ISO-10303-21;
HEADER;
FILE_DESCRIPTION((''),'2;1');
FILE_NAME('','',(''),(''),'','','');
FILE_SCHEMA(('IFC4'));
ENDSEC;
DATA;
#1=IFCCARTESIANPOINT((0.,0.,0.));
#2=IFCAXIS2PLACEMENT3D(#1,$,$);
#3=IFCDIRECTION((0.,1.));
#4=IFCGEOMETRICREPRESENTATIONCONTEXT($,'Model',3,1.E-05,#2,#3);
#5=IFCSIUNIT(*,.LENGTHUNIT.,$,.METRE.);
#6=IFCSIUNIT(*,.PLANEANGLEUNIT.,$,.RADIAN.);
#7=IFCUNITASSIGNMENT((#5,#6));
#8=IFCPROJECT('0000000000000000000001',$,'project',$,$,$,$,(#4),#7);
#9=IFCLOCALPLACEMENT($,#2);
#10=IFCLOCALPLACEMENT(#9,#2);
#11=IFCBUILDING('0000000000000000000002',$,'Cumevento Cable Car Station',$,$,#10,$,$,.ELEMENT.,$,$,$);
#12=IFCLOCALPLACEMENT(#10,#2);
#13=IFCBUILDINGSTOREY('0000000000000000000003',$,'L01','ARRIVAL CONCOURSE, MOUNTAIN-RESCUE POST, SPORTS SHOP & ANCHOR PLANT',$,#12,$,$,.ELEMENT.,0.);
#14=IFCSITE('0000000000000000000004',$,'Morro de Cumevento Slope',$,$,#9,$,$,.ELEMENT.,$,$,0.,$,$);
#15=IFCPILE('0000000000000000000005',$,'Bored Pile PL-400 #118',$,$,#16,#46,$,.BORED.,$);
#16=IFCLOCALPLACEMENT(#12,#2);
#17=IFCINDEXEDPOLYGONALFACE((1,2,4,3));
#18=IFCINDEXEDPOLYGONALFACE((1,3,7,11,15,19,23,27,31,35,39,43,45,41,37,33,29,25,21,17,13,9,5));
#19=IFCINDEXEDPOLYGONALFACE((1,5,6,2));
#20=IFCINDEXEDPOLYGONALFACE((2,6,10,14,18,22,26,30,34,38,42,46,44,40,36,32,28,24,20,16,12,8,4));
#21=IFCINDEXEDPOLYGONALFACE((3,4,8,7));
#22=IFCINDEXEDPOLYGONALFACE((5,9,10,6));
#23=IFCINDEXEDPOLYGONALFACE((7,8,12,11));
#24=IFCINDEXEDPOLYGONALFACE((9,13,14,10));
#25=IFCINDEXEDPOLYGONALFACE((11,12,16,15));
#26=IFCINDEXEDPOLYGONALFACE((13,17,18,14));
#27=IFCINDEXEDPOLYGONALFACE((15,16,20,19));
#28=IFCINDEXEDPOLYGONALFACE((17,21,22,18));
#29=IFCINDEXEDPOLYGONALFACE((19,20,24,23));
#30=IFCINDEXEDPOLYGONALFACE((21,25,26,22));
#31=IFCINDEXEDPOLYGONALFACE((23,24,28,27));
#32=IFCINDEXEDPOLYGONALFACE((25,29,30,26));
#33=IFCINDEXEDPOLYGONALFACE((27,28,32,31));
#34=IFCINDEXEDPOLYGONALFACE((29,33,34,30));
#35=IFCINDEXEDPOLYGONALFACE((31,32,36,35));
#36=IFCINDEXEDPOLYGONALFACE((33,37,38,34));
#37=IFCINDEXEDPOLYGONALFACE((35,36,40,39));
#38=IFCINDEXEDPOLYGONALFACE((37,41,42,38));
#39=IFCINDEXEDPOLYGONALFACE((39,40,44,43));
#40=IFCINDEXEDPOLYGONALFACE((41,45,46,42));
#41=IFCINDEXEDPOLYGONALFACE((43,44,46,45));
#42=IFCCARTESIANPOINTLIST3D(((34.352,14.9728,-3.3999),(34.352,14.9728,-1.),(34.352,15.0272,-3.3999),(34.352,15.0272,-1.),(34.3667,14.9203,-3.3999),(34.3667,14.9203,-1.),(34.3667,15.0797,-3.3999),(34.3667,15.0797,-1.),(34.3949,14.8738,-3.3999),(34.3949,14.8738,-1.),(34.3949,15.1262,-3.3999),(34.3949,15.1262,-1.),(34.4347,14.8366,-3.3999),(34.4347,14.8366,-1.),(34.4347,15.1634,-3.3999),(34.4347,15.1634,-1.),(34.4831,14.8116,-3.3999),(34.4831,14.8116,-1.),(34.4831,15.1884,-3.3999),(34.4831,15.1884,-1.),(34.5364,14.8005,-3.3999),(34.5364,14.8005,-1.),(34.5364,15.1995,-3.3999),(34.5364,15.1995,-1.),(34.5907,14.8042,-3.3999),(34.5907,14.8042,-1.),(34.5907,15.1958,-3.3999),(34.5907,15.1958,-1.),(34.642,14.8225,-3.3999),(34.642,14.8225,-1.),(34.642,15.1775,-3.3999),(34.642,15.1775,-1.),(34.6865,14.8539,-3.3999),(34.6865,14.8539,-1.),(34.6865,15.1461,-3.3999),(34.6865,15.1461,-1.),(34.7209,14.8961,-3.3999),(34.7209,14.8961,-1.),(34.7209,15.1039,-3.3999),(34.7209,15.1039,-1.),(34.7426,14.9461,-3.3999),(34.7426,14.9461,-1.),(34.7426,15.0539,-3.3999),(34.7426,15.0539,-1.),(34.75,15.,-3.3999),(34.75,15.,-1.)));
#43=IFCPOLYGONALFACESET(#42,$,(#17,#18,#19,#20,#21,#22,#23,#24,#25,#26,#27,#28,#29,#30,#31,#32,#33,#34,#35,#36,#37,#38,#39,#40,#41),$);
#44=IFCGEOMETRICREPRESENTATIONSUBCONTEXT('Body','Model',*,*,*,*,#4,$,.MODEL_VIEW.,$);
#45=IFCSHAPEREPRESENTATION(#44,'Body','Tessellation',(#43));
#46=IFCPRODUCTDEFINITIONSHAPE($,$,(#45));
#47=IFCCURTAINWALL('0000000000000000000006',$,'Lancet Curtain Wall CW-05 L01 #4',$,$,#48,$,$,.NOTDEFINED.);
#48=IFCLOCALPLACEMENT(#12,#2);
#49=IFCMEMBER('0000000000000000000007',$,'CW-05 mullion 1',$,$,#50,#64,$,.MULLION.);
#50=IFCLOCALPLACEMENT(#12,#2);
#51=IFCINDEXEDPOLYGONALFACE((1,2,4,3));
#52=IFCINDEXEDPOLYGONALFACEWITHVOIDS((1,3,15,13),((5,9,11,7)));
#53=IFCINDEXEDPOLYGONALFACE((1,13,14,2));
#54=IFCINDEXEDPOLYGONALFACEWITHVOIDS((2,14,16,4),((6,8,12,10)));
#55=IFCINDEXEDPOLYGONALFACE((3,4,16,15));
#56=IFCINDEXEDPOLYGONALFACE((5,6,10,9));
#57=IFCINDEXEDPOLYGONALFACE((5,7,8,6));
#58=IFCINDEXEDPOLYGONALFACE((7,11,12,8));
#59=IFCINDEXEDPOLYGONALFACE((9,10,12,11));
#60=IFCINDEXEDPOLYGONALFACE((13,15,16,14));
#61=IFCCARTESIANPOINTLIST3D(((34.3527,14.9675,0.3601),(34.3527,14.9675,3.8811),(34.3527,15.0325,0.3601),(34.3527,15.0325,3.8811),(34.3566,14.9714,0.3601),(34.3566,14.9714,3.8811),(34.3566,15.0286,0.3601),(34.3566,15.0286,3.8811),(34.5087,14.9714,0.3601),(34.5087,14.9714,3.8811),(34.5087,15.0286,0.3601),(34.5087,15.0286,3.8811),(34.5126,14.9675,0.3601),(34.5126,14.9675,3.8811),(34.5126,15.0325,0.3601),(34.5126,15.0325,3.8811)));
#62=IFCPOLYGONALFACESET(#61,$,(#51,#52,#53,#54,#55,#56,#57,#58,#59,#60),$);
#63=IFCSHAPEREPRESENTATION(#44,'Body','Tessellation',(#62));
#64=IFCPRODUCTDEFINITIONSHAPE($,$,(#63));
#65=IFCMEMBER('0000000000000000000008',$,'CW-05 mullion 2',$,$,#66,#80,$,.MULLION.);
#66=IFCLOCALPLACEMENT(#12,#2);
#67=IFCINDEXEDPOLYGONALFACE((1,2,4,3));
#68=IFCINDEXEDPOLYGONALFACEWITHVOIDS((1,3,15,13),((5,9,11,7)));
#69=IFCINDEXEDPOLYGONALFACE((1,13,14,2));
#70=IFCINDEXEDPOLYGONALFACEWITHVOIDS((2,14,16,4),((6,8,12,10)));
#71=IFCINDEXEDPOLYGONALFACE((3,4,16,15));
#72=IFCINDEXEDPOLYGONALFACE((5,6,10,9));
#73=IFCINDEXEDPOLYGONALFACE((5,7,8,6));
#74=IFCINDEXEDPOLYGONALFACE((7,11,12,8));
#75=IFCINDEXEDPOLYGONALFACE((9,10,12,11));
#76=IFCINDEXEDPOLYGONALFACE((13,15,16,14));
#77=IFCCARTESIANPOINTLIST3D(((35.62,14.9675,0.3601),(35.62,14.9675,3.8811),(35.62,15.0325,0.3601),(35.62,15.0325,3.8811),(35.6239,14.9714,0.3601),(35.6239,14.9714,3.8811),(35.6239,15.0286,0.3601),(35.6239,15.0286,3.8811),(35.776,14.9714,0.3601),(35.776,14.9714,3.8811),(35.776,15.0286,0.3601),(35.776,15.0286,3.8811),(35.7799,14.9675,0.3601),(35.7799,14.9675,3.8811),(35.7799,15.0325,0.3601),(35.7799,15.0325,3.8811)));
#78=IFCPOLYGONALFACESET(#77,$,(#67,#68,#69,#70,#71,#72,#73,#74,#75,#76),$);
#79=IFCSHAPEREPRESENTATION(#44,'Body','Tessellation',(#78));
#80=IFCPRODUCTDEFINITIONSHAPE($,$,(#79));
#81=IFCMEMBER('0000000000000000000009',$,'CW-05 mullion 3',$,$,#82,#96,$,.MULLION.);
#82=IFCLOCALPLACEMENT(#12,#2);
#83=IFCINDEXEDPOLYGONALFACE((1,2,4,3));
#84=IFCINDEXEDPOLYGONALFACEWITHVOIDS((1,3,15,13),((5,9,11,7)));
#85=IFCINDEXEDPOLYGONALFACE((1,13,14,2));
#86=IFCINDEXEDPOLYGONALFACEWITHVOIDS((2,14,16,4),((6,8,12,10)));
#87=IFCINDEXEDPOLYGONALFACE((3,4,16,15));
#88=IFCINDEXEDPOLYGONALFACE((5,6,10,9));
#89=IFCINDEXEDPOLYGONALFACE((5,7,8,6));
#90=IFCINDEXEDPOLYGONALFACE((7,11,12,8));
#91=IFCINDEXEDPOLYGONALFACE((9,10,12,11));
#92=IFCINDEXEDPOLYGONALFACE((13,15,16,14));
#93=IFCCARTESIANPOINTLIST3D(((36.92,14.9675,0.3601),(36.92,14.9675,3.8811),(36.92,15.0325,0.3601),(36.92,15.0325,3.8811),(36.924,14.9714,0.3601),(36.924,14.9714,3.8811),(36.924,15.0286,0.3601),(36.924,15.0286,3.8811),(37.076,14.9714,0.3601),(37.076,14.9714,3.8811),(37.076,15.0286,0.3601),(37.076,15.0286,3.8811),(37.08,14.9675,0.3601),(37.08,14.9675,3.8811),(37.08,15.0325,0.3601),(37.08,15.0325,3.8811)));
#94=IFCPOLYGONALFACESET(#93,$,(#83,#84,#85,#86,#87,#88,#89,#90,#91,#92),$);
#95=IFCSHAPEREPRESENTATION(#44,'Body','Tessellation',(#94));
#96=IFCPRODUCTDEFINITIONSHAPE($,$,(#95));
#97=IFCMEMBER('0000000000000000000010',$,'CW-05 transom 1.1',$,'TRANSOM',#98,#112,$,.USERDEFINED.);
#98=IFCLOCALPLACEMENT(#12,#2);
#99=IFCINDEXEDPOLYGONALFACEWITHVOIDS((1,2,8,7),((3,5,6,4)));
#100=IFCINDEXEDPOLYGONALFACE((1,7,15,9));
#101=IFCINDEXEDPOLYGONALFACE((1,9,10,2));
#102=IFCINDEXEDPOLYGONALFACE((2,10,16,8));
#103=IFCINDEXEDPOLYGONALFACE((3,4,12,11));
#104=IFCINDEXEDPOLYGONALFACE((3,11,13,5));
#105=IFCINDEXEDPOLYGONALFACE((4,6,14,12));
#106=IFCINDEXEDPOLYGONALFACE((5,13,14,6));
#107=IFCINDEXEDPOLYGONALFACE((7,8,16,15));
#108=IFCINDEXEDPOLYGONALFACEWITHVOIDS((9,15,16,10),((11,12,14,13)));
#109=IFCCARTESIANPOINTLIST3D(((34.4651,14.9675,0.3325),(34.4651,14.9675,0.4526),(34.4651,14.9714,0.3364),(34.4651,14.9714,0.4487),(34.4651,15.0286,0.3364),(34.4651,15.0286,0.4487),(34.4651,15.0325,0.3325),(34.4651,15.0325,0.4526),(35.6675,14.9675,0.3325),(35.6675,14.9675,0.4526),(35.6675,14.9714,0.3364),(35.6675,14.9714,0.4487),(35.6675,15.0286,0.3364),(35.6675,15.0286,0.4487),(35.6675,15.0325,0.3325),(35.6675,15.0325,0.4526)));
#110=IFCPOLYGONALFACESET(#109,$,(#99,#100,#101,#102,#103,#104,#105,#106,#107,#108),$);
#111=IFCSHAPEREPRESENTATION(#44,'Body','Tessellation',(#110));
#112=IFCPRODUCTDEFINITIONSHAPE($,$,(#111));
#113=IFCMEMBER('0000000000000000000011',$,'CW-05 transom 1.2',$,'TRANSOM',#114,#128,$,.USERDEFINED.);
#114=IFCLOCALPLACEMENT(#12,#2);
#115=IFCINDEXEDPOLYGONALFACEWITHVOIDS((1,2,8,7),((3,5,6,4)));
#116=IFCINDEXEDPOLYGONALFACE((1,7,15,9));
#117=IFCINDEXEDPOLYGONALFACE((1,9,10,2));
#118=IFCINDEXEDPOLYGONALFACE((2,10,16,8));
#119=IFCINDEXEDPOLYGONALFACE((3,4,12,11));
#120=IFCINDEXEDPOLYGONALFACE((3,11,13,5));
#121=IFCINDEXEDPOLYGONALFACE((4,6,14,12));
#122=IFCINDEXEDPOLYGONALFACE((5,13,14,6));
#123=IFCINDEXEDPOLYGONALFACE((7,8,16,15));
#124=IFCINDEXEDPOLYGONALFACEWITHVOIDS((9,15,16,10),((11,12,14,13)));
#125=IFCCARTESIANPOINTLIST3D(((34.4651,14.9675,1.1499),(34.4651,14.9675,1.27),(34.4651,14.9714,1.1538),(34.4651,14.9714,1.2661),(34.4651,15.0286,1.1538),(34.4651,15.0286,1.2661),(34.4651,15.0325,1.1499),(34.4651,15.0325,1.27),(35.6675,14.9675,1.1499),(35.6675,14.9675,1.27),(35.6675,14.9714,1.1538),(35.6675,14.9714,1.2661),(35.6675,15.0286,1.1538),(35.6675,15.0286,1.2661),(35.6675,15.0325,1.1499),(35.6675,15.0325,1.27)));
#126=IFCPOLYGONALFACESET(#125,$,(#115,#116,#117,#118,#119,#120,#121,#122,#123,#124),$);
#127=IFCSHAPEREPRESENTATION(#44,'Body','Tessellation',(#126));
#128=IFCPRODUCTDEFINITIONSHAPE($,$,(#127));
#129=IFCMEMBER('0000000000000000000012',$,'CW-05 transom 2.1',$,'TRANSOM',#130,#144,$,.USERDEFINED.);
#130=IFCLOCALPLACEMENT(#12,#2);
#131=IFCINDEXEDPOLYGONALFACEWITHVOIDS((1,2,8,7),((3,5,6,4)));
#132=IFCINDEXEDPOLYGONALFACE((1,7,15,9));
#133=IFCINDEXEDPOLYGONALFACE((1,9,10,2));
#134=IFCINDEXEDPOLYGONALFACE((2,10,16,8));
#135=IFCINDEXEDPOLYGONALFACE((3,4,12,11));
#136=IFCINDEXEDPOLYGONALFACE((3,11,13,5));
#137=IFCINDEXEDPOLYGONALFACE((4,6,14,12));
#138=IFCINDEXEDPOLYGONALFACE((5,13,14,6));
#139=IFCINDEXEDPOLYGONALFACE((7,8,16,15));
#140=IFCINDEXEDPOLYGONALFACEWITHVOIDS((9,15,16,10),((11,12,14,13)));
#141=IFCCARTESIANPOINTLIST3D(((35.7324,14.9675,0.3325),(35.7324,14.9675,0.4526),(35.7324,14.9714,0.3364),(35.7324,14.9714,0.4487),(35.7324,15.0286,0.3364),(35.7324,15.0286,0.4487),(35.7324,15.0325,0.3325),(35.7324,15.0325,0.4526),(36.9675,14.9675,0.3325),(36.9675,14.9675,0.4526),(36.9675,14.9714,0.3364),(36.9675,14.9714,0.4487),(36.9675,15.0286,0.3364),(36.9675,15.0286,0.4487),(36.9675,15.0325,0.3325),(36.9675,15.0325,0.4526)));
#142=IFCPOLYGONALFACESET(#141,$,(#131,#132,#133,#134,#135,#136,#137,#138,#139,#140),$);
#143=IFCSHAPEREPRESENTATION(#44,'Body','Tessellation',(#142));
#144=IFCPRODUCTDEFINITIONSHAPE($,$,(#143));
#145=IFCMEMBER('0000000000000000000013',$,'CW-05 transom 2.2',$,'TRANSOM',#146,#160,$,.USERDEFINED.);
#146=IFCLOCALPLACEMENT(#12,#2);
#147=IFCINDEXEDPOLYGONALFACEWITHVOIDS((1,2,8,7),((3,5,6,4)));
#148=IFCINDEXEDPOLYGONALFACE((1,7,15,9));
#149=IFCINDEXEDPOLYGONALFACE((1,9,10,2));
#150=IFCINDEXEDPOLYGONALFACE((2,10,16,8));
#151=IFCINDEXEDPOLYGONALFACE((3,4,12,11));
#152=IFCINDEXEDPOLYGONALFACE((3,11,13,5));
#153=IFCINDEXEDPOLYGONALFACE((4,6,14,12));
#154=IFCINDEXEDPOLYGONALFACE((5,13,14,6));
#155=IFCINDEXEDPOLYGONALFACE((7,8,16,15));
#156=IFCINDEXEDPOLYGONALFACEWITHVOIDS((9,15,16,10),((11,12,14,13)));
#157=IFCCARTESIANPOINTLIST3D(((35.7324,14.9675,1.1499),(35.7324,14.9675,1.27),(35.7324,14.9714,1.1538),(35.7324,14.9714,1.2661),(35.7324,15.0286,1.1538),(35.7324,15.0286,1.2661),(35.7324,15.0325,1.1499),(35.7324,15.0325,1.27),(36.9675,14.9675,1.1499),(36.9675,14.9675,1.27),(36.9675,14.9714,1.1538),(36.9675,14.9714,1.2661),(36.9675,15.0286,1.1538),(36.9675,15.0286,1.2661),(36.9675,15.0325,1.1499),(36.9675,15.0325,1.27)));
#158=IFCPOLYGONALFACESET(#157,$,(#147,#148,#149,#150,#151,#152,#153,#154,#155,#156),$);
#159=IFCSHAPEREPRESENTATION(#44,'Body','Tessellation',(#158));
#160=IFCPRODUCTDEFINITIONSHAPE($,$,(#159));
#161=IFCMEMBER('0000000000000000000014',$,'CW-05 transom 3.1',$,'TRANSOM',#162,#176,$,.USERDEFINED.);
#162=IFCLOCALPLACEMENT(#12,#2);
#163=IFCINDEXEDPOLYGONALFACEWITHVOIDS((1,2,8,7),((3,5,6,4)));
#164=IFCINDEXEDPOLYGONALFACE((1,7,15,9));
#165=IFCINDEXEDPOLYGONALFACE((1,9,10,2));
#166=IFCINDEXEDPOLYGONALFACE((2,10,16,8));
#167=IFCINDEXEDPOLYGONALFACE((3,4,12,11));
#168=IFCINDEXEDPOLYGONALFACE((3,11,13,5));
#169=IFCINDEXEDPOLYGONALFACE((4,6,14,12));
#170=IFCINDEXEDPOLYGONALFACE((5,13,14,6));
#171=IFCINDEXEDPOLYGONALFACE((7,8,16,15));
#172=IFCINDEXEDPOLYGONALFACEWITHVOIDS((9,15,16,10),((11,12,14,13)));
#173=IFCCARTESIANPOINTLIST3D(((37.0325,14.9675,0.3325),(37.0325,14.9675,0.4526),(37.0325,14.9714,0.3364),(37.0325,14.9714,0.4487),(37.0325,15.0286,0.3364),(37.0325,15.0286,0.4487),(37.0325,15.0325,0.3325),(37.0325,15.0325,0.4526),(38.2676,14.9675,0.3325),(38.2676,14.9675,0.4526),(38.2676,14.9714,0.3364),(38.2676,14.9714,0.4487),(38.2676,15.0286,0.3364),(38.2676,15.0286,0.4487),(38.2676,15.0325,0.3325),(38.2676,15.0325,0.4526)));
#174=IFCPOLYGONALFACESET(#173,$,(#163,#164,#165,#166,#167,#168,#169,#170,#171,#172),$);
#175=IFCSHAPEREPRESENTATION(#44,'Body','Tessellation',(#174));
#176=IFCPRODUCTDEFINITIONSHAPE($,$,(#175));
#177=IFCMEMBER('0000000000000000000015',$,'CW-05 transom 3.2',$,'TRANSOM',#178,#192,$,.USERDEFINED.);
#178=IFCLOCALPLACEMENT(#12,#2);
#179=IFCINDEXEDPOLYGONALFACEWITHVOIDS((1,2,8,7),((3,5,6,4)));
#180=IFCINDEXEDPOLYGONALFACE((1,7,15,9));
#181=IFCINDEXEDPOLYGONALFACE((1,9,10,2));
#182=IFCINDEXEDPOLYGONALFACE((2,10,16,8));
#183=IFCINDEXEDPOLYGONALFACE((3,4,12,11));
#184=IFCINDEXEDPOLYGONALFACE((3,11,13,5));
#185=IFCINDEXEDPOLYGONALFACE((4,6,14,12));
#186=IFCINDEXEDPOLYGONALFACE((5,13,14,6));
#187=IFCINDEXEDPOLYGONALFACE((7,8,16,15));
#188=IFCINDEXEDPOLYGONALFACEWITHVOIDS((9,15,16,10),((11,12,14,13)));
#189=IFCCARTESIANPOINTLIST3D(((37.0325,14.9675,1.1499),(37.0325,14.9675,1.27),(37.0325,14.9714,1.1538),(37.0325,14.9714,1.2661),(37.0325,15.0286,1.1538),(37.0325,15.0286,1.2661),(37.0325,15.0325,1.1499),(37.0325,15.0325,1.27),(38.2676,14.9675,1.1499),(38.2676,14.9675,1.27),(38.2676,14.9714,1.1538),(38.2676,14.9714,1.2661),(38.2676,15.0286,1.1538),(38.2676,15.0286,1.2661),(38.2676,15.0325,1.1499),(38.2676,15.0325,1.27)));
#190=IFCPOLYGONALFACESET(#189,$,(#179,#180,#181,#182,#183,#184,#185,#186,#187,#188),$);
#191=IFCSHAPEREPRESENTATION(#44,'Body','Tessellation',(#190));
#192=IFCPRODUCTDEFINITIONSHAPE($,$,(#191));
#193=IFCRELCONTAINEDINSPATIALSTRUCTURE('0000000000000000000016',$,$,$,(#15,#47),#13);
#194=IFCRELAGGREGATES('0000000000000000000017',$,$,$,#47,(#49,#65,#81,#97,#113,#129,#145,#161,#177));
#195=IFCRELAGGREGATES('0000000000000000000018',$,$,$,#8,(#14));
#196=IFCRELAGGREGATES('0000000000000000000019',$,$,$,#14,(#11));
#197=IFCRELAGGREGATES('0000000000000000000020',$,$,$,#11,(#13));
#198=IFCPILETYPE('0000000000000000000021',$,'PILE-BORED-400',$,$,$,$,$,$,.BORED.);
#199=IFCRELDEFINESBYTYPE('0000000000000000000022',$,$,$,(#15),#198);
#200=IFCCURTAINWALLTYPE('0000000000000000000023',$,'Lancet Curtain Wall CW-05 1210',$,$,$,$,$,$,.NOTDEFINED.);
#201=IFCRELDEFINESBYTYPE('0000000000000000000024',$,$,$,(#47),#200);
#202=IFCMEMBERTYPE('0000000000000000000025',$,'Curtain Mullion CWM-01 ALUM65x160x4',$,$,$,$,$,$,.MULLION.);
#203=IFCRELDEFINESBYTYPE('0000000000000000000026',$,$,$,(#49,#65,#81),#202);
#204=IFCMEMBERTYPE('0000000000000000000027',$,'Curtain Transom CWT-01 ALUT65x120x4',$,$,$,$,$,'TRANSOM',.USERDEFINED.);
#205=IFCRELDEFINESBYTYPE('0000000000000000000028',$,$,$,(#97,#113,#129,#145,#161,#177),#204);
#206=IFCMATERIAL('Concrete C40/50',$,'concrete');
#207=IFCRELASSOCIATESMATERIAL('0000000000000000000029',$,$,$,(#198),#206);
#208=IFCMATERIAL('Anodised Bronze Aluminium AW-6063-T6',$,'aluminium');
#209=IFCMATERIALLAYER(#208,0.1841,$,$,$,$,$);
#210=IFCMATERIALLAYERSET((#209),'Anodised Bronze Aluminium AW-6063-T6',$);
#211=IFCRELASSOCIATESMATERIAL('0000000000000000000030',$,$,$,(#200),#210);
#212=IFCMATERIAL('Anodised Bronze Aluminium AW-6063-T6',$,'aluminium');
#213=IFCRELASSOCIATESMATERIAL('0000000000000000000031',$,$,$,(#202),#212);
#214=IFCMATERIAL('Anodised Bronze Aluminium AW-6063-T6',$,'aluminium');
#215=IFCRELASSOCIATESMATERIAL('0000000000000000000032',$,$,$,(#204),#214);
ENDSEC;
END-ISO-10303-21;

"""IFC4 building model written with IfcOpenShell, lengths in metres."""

from ifc_helpers import new_model, si_unit, direction, frame, origin, origin_2d, place, context, subcontext, project, spatial, hollow_rectangle, circle, extrude, material, layer, layer_set, material_profile, profile_set, type_object, element, aggregate, save


model = new_model("IFC4")

# Units and contexts
model_context = context("Model", 3, precision=1e-05, world=origin(), true_north=direction((0.0, 1.0)))
body_context = subcontext(model_context, "Body", "Model", "MODEL_VIEW")
ifc_project = project(units=[si_unit("LENGTHUNIT", "METRE"), si_unit("PLANEANGLEUNIT", "RADIAN")], contexts=[model_context])

# Site, building, storey
site_placement = place(None, origin())
site = spatial("IfcSite", under=ifc_project, at=site_placement, Name="Morro de Cumevento Slope", CompositionType="ELEMENT", RefElevation=0.0)
building_placement = place(site_placement, origin())
building = spatial("IfcBuilding", under=site, at=building_placement, Name="Cumevento Cable Car Station", CompositionType="ELEMENT")
storey_placement = place(building_placement, origin())
storey = spatial("IfcBuildingStorey", under=building, at=storey_placement, Name="L01", Description="ARRIVAL CONCOURSE, MOUNTAIN-RESCUE POST, SPORTS SHOP & ANCHOR PLANT", CompositionType="ELEMENT", Elevation=0.0)

# Pile
ifc_material_1 = material(Name="Concrete C40/50", Category="concrete")
ifc_material_profile_1 = material_profile(ifc_material_1, circle(Radius=0.2, at=origin_2d()), Name="PILE-D400")
ifc_profile_set_1 = profile_set([ifc_material_profile_1], Name="Concrete C40/50")
pile_type = type_object("IfcPileType", Name="PILE-BORED-400", PredefinedType="BORED", material=ifc_profile_set_1)
pile_placement = place(storey_placement, frame((34.55, 15.0, -1.0), z_axis=(0.0, 0.0, -1.0), x_axis=(1.0, 0.0, 0.0)))
element("IfcPile", 1, at=pile_placement, inside=storey, type_object=pile_type, Name="Bored Pile PL-400 #118", PredefinedType="BORED", context=body_context, shape_type="SweptSolid", body=[
    extrude(circle(Radius=0.2, at=origin_2d()), origin(), (0.0, 0.0, 1.0), 2.3999),
])

# Curtain wall, members
ifc_material_2 = material(Name="Anodised Bronze Aluminium AW-6063-T6", Category="aluminium")
ifc_layer_1 = layer(ifc_material_2, 0.1841)
ifc_layer_set_1 = layer_set([ifc_layer_1], Name="Anodised Bronze Aluminium AW-6063-T6")
curtain_wall_type = type_object("IfcCurtainWallType", Name="Lancet Curtain Wall CW-05 1210", PredefinedType="NOTDEFINED", material=ifc_layer_set_1)
curtain_wall_placement = place(storey_placement, origin())
curtain_wall = element("IfcCurtainWall", 2, at=curtain_wall_placement, inside=storey, type_object=curtain_wall_type, Name="Lancet Curtain Wall CW-05 L01 #4", PredefinedType="NOTDEFINED")
ifc_material_3 = material(Name="Anodised Bronze Aluminium AW-6063-T6", Category="aluminium")
ifc_material_profile_2 = material_profile(ifc_material_3, hollow_rectangle(XDim=0.0649, YDim=0.1599, WallThickness=0.0039, at=origin_2d()), Name="ALUM65x160x4")
ifc_profile_set_2 = profile_set([ifc_material_profile_2], Name="Anodised Bronze Aluminium AW-6063-T6")
member_type_1 = type_object("IfcMemberType", Name="Curtain Mullion CWM-01 ALUM65x160x4", PredefinedType="MULLION", material=ifc_profile_set_2)
member_1_placement = place(storey_placement, frame((34.4326, 15.0, 0.3601), z_axis=(0.0, 0.0, 1.0), x_axis=(0.0, 1.0, 0.0)))
member_1 = element("IfcMember", 3, at=member_1_placement, type_object=member_type_1, Name="CW-05 mullion 1", PredefinedType="MULLION", context=body_context, shape_type="SweptSolid", body=[
    extrude(hollow_rectangle(XDim=0.0649, YDim=0.1599, WallThickness=0.0039, at=origin_2d()), origin(), (0.0, 0.0, 1.0), 3.521),
])
member_2_placement = place(storey_placement, frame((35.7, 15.0, 0.3601), z_axis=(0.0, 0.0, 1.0), x_axis=(0.0, 1.0, 0.0)))
member_2 = element("IfcMember", 4, at=member_2_placement, type_object=member_type_1, Name="CW-05 mullion 2", PredefinedType="MULLION", context=body_context, shape_type="SweptSolid", body=[
    extrude(hollow_rectangle(XDim=0.0649, YDim=0.1599, WallThickness=0.0039, at=origin_2d()), origin(), (0.0, 0.0, 1.0), 3.521),
])
member_3_placement = place(storey_placement, frame((37.0, 15.0, 0.3601), z_axis=(0.0, 0.0, 1.0), x_axis=(0.0, 1.0, 0.0)))
member_3 = element("IfcMember", 5, at=member_3_placement, type_object=member_type_1, Name="CW-05 mullion 3", PredefinedType="MULLION", context=body_context, shape_type="SweptSolid", body=[
    extrude(hollow_rectangle(XDim=0.0649, YDim=0.1599, WallThickness=0.0039, at=origin_2d()), origin(), (0.0, 0.0, 1.0), 3.521),
])
ifc_material_4 = material(Name="Anodised Bronze Aluminium AW-6063-T6", Category="aluminium")
ifc_material_profile_3 = material_profile(ifc_material_4, hollow_rectangle(XDim=0.0649, YDim=0.1201, WallThickness=0.0039, at=origin_2d()), Name="ALUT65x120x4")
ifc_profile_set_3 = profile_set([ifc_material_profile_3], Name="Anodised Bronze Aluminium AW-6063-T6")
member_type_2 = type_object("IfcMemberType", Name="Curtain Transom CWT-01 ALUT65x120x4", ElementType="TRANSOM", PredefinedType="USERDEFINED", material=ifc_profile_set_3)
member_4_placement = place(storey_placement, frame((34.4651, 15.0, 0.3926), z_axis=(1.0, 0.0, 0.0), x_axis=(0.0, 1.0, 0.0)))
member_4 = element("IfcMember", 6, at=member_4_placement, type_object=member_type_2, Name="CW-05 transom 1.1", ObjectType="TRANSOM", PredefinedType="USERDEFINED", context=body_context, shape_type="SweptSolid", body=[
    extrude(hollow_rectangle(XDim=0.0649, YDim=0.1201, WallThickness=0.0039, at=origin_2d()), origin(), (0.0, 0.0, 1.0), 1.2024),
])
member_5_placement = place(storey_placement, frame((34.4651, 15.0, 1.21), z_axis=(1.0, 0.0, 0.0), x_axis=(0.0, 1.0, 0.0)))
member_5 = element("IfcMember", 7, at=member_5_placement, type_object=member_type_2, Name="CW-05 transom 1.2", ObjectType="TRANSOM", PredefinedType="USERDEFINED", context=body_context, shape_type="SweptSolid", body=[
    extrude(hollow_rectangle(XDim=0.0649, YDim=0.1201, WallThickness=0.0039, at=origin_2d()), origin(), (0.0, 0.0, 1.0), 1.2024),
])
member_6_placement = place(storey_placement, frame((35.7324, 15.0, 0.3926), z_axis=(1.0, 0.0, 0.0), x_axis=(0.0, 1.0, 0.0)))
member_6 = element("IfcMember", 8, at=member_6_placement, type_object=member_type_2, Name="CW-05 transom 2.1", ObjectType="TRANSOM", PredefinedType="USERDEFINED", context=body_context, shape_type="SweptSolid", body=[
    extrude(hollow_rectangle(XDim=0.0649, YDim=0.1201, WallThickness=0.0039, at=origin_2d()), origin(), (0.0, 0.0, 1.0), 1.2351),
])
member_7_placement = place(storey_placement, frame((35.7324, 15.0, 1.21), z_axis=(1.0, 0.0, 0.0), x_axis=(0.0, 1.0, 0.0)))
member_7 = element("IfcMember", 9, at=member_7_placement, type_object=member_type_2, Name="CW-05 transom 2.2", ObjectType="TRANSOM", PredefinedType="USERDEFINED", context=body_context, shape_type="SweptSolid", body=[
    extrude(hollow_rectangle(XDim=0.0649, YDim=0.1201, WallThickness=0.0039, at=origin_2d()), origin(), (0.0, 0.0, 1.0), 1.2351),
])
member_8_placement = place(storey_placement, frame((37.0325, 15.0, 0.3926), z_axis=(1.0, 0.0, 0.0), x_axis=(0.0, 1.0, 0.0)))
member_8 = element("IfcMember", 10, at=member_8_placement, type_object=member_type_2, Name="CW-05 transom 3.1", ObjectType="TRANSOM", PredefinedType="USERDEFINED", context=body_context, shape_type="SweptSolid", body=[
    extrude(hollow_rectangle(XDim=0.0649, YDim=0.1201, WallThickness=0.0039, at=origin_2d()), origin(), (0.0, 0.0, 1.0), 1.2351),
])
member_9_placement = place(storey_placement, frame((37.0325, 15.0, 1.21), z_axis=(1.0, 0.0, 0.0), x_axis=(0.0, 1.0, 0.0)))
member_9 = element("IfcMember", 11, at=member_9_placement, type_object=member_type_2, Name="CW-05 transom 3.2", ObjectType="TRANSOM", PredefinedType="USERDEFINED", context=body_context, shape_type="SweptSolid", body=[
    extrude(hollow_rectangle(XDim=0.0649, YDim=0.1201, WallThickness=0.0039, at=origin_2d()), origin(), (0.0, 0.0, 1.0), 1.2351),
])
aggregate(curtain_wall, [member_1, member_2, member_3, member_4, member_5, member_6, member_7, member_8, member_9])

save(model, "model.ifc")
